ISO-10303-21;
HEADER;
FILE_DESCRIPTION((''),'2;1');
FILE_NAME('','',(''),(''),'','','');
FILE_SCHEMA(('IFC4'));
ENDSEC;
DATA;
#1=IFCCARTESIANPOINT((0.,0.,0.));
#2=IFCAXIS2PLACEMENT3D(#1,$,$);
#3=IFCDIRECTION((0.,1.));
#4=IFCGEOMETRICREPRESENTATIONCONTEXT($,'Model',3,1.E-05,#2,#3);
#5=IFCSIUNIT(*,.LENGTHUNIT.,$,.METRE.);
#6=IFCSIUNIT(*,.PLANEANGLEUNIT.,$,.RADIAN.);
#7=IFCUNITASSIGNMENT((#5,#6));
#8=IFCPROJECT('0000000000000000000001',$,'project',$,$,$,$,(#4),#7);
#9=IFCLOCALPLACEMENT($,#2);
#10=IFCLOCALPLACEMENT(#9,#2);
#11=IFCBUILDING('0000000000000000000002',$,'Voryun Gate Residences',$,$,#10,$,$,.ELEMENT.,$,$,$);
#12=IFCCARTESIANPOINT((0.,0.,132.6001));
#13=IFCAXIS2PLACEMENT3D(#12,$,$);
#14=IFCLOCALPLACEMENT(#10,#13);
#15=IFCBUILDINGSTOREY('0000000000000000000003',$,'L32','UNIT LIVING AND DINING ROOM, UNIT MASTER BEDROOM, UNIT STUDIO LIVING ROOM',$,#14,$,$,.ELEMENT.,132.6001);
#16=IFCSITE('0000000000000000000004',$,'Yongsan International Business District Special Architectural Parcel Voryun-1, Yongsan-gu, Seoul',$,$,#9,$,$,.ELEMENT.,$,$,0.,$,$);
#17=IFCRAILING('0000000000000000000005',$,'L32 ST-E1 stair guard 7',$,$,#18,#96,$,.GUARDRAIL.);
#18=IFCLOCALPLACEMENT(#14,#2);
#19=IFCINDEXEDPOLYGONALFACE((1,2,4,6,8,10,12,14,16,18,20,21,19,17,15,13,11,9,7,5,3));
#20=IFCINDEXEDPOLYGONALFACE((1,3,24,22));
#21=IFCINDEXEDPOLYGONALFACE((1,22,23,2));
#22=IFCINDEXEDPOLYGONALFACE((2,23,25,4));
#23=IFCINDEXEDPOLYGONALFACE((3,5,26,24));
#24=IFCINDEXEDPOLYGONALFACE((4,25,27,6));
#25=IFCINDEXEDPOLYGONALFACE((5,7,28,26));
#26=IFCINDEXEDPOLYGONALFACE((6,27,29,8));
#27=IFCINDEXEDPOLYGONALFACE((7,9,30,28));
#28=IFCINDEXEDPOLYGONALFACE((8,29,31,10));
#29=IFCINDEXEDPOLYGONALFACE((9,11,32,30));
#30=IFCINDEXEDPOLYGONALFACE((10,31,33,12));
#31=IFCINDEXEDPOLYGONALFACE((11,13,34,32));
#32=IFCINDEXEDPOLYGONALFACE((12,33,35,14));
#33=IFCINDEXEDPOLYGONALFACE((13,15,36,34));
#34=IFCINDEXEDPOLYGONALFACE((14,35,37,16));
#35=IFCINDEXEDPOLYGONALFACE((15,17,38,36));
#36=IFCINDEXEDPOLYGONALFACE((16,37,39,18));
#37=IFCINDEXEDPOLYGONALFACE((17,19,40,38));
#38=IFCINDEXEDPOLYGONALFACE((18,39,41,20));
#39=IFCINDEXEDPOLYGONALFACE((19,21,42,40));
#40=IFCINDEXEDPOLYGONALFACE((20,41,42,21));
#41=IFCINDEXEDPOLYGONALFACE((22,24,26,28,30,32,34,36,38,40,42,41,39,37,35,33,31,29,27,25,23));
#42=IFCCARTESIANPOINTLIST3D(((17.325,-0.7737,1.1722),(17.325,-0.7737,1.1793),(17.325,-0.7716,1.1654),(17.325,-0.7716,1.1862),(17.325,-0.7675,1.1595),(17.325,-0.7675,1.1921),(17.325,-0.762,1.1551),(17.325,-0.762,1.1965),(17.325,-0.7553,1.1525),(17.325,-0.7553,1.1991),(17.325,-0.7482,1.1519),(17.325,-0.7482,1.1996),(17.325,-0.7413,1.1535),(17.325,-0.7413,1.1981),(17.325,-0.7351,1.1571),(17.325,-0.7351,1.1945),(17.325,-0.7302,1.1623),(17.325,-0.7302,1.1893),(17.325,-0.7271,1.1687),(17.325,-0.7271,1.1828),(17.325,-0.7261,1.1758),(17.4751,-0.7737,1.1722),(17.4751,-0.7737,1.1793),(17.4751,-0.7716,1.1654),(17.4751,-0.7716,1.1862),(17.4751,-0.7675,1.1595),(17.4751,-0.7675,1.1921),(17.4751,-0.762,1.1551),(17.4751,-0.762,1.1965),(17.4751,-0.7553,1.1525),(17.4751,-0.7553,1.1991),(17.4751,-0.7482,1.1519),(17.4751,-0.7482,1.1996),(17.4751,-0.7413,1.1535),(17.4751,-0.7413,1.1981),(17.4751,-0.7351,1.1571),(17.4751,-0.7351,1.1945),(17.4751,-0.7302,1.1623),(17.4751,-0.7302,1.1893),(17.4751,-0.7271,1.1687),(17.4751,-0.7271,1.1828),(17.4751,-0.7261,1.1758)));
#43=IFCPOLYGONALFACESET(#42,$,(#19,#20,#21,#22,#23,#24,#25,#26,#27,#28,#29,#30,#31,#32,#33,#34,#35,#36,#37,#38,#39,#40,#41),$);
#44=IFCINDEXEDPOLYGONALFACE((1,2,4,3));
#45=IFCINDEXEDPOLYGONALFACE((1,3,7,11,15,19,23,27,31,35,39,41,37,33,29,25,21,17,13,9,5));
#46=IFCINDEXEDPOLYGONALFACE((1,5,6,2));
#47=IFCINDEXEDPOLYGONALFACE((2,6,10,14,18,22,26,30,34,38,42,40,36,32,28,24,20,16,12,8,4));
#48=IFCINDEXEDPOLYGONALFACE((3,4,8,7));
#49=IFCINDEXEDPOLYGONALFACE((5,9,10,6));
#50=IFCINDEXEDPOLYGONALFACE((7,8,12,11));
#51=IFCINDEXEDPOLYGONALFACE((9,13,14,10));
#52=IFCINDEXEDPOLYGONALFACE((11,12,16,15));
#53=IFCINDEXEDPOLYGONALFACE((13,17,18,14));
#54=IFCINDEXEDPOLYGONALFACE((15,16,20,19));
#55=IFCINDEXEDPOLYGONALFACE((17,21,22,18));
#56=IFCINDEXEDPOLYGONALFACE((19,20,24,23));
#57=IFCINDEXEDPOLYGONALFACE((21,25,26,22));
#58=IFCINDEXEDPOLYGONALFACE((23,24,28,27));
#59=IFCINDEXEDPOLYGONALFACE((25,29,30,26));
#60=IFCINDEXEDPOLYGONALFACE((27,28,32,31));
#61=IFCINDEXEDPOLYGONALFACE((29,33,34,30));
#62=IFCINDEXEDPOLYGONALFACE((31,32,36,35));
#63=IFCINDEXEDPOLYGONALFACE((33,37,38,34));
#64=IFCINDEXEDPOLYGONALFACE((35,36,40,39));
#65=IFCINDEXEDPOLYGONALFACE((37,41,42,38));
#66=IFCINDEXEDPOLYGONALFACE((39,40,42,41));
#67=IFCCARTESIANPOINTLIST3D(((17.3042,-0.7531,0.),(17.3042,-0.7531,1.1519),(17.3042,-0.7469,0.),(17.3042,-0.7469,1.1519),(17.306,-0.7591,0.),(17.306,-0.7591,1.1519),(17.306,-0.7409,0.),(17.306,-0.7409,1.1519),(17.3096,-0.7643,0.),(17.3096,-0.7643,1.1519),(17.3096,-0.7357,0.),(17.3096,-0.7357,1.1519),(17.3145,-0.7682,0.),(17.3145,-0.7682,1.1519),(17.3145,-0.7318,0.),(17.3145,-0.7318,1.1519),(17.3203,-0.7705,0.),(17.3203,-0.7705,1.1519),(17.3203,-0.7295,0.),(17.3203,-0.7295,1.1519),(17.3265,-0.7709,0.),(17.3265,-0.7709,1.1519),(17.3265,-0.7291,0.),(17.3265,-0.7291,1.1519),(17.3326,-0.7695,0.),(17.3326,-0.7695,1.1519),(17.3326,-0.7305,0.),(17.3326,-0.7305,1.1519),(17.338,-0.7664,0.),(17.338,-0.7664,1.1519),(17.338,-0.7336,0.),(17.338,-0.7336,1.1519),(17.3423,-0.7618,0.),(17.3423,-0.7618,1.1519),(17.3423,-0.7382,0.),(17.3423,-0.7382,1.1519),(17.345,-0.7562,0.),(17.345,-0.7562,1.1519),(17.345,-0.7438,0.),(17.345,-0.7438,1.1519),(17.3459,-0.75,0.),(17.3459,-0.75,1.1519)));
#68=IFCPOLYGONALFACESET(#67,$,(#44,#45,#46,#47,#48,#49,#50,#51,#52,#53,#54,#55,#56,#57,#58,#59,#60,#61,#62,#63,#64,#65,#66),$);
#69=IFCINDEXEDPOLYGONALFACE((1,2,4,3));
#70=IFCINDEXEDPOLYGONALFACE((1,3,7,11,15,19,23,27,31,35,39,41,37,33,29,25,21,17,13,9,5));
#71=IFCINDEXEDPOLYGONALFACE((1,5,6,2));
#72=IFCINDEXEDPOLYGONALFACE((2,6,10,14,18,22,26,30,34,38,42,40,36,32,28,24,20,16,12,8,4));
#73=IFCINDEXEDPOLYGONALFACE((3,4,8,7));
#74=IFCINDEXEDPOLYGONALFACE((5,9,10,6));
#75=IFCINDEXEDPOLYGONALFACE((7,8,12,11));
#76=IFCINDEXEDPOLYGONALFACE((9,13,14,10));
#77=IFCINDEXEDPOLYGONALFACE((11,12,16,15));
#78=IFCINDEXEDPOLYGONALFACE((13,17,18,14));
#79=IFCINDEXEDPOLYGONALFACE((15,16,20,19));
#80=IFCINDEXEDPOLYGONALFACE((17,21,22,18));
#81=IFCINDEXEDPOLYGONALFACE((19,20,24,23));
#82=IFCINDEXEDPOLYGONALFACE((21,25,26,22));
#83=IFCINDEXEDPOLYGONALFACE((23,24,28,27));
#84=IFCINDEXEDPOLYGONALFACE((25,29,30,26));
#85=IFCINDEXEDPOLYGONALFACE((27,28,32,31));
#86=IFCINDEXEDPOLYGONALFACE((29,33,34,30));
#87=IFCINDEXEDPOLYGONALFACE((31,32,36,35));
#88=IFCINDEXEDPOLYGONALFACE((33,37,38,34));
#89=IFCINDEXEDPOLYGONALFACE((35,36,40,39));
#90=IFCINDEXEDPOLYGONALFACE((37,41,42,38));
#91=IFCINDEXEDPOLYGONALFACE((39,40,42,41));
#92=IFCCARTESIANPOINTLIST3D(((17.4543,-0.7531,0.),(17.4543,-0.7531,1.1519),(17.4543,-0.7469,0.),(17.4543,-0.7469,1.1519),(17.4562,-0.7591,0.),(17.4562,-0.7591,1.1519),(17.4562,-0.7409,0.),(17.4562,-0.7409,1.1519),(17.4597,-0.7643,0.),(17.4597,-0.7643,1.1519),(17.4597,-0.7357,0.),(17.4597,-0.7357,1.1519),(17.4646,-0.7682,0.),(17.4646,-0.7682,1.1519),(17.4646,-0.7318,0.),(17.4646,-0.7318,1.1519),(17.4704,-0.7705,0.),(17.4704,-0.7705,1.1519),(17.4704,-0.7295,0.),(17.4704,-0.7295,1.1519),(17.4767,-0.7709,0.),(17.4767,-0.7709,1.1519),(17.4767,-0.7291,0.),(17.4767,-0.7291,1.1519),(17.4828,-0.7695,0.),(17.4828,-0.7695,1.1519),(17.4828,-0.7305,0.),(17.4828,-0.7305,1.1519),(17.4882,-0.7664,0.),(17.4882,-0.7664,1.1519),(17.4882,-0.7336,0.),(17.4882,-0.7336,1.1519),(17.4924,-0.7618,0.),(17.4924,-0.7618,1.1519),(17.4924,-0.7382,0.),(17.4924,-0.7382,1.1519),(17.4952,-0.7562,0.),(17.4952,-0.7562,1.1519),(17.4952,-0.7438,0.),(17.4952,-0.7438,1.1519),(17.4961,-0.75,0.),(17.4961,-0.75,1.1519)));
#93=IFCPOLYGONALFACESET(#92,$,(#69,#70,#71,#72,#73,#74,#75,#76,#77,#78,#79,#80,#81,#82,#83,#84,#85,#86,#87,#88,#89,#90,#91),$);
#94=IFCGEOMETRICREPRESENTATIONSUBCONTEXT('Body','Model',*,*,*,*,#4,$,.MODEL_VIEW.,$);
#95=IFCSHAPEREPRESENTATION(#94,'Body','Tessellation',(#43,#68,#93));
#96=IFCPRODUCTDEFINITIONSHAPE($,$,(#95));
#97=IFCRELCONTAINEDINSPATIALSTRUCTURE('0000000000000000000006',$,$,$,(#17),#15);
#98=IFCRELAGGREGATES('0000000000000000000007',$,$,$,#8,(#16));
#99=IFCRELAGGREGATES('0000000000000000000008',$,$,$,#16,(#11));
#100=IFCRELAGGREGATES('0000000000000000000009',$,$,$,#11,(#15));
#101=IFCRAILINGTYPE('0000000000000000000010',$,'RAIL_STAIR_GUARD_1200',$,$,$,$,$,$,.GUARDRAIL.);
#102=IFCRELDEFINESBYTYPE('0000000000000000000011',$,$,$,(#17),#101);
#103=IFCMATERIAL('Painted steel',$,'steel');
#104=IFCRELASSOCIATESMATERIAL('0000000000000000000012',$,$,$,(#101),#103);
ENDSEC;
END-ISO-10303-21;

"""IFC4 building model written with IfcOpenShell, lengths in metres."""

from ifc_helpers import new_model, si_unit, direction, frame, origin, origin_2d, place, context, subcontext, project, spatial, circle, extrude, material, type_object, element, save


model = new_model("IFC4")

# Units and contexts
model_context = context("Model", 3, precision=1e-05, world=origin(), true_north=direction((0.0, 1.0)))
body_context = subcontext(model_context, "Body", "Model", "MODEL_VIEW")
ifc_project = project(units=[si_unit("LENGTHUNIT", "METRE"), si_unit("PLANEANGLEUNIT", "RADIAN")], contexts=[model_context])

# Site, building, storey
site_placement = place(None, origin())
site = spatial("IfcSite", under=ifc_project, at=site_placement, Name="Yongsan International Business District Special Architectural Parcel Voryun-1, Yongsan-gu, Seoul", CompositionType="ELEMENT", RefElevation=0.0)
building_placement = place(site_placement, origin())
building = spatial("IfcBuilding", under=site, at=building_placement, Name="Voryun Gate Residences", CompositionType="ELEMENT")
storey_placement = place(building_placement, frame((0.0, 0.0, 132.6001)))
storey = spatial("IfcBuildingStorey", under=building, at=storey_placement, Name="L32", Description="UNIT LIVING AND DINING ROOM, UNIT MASTER BEDROOM, UNIT STUDIO LIVING ROOM", CompositionType="ELEMENT", Elevation=132.6001)

# Railing
ifc_material_1 = material(Name="Painted steel", Category="steel")
railing_type_1 = type_object("IfcRailingType", Name="RAIL_STAIR_GUARD_1200", PredefinedType="GUARDRAIL", material=ifc_material_1)
railing_1_placement = place(storey_placement, frame((17.325, -0.75, 0.0)))
element("IfcRailing", 1, at=railing_1_placement, inside=storey, type_object=railing_type_1, Name="L32 ST-E1 stair guard 7", PredefinedType="GUARDRAIL", context=body_context, shape_type="SweptSolid", body=[
    extrude(circle(Radius=0.0239, at=origin_2d()), frame((0.0, 0.0, 1.1758), z_axis=(1.0, 0.0, 0.0), x_axis=(0.0, 1.0, 0.0)), (0.0, 0.0, 1.0), 0.1501),
    extrude(circle(Radius=0.021, at=origin_2d()), origin(), (0.0, 0.0, 1.0), 1.1519),
    extrude(circle(Radius=0.021, at=origin_2d()), frame((0.1501, 0.0, 0.0)), (0.0, 0.0, 1.0), 1.1519),
])

save(model, "model.ifc")
